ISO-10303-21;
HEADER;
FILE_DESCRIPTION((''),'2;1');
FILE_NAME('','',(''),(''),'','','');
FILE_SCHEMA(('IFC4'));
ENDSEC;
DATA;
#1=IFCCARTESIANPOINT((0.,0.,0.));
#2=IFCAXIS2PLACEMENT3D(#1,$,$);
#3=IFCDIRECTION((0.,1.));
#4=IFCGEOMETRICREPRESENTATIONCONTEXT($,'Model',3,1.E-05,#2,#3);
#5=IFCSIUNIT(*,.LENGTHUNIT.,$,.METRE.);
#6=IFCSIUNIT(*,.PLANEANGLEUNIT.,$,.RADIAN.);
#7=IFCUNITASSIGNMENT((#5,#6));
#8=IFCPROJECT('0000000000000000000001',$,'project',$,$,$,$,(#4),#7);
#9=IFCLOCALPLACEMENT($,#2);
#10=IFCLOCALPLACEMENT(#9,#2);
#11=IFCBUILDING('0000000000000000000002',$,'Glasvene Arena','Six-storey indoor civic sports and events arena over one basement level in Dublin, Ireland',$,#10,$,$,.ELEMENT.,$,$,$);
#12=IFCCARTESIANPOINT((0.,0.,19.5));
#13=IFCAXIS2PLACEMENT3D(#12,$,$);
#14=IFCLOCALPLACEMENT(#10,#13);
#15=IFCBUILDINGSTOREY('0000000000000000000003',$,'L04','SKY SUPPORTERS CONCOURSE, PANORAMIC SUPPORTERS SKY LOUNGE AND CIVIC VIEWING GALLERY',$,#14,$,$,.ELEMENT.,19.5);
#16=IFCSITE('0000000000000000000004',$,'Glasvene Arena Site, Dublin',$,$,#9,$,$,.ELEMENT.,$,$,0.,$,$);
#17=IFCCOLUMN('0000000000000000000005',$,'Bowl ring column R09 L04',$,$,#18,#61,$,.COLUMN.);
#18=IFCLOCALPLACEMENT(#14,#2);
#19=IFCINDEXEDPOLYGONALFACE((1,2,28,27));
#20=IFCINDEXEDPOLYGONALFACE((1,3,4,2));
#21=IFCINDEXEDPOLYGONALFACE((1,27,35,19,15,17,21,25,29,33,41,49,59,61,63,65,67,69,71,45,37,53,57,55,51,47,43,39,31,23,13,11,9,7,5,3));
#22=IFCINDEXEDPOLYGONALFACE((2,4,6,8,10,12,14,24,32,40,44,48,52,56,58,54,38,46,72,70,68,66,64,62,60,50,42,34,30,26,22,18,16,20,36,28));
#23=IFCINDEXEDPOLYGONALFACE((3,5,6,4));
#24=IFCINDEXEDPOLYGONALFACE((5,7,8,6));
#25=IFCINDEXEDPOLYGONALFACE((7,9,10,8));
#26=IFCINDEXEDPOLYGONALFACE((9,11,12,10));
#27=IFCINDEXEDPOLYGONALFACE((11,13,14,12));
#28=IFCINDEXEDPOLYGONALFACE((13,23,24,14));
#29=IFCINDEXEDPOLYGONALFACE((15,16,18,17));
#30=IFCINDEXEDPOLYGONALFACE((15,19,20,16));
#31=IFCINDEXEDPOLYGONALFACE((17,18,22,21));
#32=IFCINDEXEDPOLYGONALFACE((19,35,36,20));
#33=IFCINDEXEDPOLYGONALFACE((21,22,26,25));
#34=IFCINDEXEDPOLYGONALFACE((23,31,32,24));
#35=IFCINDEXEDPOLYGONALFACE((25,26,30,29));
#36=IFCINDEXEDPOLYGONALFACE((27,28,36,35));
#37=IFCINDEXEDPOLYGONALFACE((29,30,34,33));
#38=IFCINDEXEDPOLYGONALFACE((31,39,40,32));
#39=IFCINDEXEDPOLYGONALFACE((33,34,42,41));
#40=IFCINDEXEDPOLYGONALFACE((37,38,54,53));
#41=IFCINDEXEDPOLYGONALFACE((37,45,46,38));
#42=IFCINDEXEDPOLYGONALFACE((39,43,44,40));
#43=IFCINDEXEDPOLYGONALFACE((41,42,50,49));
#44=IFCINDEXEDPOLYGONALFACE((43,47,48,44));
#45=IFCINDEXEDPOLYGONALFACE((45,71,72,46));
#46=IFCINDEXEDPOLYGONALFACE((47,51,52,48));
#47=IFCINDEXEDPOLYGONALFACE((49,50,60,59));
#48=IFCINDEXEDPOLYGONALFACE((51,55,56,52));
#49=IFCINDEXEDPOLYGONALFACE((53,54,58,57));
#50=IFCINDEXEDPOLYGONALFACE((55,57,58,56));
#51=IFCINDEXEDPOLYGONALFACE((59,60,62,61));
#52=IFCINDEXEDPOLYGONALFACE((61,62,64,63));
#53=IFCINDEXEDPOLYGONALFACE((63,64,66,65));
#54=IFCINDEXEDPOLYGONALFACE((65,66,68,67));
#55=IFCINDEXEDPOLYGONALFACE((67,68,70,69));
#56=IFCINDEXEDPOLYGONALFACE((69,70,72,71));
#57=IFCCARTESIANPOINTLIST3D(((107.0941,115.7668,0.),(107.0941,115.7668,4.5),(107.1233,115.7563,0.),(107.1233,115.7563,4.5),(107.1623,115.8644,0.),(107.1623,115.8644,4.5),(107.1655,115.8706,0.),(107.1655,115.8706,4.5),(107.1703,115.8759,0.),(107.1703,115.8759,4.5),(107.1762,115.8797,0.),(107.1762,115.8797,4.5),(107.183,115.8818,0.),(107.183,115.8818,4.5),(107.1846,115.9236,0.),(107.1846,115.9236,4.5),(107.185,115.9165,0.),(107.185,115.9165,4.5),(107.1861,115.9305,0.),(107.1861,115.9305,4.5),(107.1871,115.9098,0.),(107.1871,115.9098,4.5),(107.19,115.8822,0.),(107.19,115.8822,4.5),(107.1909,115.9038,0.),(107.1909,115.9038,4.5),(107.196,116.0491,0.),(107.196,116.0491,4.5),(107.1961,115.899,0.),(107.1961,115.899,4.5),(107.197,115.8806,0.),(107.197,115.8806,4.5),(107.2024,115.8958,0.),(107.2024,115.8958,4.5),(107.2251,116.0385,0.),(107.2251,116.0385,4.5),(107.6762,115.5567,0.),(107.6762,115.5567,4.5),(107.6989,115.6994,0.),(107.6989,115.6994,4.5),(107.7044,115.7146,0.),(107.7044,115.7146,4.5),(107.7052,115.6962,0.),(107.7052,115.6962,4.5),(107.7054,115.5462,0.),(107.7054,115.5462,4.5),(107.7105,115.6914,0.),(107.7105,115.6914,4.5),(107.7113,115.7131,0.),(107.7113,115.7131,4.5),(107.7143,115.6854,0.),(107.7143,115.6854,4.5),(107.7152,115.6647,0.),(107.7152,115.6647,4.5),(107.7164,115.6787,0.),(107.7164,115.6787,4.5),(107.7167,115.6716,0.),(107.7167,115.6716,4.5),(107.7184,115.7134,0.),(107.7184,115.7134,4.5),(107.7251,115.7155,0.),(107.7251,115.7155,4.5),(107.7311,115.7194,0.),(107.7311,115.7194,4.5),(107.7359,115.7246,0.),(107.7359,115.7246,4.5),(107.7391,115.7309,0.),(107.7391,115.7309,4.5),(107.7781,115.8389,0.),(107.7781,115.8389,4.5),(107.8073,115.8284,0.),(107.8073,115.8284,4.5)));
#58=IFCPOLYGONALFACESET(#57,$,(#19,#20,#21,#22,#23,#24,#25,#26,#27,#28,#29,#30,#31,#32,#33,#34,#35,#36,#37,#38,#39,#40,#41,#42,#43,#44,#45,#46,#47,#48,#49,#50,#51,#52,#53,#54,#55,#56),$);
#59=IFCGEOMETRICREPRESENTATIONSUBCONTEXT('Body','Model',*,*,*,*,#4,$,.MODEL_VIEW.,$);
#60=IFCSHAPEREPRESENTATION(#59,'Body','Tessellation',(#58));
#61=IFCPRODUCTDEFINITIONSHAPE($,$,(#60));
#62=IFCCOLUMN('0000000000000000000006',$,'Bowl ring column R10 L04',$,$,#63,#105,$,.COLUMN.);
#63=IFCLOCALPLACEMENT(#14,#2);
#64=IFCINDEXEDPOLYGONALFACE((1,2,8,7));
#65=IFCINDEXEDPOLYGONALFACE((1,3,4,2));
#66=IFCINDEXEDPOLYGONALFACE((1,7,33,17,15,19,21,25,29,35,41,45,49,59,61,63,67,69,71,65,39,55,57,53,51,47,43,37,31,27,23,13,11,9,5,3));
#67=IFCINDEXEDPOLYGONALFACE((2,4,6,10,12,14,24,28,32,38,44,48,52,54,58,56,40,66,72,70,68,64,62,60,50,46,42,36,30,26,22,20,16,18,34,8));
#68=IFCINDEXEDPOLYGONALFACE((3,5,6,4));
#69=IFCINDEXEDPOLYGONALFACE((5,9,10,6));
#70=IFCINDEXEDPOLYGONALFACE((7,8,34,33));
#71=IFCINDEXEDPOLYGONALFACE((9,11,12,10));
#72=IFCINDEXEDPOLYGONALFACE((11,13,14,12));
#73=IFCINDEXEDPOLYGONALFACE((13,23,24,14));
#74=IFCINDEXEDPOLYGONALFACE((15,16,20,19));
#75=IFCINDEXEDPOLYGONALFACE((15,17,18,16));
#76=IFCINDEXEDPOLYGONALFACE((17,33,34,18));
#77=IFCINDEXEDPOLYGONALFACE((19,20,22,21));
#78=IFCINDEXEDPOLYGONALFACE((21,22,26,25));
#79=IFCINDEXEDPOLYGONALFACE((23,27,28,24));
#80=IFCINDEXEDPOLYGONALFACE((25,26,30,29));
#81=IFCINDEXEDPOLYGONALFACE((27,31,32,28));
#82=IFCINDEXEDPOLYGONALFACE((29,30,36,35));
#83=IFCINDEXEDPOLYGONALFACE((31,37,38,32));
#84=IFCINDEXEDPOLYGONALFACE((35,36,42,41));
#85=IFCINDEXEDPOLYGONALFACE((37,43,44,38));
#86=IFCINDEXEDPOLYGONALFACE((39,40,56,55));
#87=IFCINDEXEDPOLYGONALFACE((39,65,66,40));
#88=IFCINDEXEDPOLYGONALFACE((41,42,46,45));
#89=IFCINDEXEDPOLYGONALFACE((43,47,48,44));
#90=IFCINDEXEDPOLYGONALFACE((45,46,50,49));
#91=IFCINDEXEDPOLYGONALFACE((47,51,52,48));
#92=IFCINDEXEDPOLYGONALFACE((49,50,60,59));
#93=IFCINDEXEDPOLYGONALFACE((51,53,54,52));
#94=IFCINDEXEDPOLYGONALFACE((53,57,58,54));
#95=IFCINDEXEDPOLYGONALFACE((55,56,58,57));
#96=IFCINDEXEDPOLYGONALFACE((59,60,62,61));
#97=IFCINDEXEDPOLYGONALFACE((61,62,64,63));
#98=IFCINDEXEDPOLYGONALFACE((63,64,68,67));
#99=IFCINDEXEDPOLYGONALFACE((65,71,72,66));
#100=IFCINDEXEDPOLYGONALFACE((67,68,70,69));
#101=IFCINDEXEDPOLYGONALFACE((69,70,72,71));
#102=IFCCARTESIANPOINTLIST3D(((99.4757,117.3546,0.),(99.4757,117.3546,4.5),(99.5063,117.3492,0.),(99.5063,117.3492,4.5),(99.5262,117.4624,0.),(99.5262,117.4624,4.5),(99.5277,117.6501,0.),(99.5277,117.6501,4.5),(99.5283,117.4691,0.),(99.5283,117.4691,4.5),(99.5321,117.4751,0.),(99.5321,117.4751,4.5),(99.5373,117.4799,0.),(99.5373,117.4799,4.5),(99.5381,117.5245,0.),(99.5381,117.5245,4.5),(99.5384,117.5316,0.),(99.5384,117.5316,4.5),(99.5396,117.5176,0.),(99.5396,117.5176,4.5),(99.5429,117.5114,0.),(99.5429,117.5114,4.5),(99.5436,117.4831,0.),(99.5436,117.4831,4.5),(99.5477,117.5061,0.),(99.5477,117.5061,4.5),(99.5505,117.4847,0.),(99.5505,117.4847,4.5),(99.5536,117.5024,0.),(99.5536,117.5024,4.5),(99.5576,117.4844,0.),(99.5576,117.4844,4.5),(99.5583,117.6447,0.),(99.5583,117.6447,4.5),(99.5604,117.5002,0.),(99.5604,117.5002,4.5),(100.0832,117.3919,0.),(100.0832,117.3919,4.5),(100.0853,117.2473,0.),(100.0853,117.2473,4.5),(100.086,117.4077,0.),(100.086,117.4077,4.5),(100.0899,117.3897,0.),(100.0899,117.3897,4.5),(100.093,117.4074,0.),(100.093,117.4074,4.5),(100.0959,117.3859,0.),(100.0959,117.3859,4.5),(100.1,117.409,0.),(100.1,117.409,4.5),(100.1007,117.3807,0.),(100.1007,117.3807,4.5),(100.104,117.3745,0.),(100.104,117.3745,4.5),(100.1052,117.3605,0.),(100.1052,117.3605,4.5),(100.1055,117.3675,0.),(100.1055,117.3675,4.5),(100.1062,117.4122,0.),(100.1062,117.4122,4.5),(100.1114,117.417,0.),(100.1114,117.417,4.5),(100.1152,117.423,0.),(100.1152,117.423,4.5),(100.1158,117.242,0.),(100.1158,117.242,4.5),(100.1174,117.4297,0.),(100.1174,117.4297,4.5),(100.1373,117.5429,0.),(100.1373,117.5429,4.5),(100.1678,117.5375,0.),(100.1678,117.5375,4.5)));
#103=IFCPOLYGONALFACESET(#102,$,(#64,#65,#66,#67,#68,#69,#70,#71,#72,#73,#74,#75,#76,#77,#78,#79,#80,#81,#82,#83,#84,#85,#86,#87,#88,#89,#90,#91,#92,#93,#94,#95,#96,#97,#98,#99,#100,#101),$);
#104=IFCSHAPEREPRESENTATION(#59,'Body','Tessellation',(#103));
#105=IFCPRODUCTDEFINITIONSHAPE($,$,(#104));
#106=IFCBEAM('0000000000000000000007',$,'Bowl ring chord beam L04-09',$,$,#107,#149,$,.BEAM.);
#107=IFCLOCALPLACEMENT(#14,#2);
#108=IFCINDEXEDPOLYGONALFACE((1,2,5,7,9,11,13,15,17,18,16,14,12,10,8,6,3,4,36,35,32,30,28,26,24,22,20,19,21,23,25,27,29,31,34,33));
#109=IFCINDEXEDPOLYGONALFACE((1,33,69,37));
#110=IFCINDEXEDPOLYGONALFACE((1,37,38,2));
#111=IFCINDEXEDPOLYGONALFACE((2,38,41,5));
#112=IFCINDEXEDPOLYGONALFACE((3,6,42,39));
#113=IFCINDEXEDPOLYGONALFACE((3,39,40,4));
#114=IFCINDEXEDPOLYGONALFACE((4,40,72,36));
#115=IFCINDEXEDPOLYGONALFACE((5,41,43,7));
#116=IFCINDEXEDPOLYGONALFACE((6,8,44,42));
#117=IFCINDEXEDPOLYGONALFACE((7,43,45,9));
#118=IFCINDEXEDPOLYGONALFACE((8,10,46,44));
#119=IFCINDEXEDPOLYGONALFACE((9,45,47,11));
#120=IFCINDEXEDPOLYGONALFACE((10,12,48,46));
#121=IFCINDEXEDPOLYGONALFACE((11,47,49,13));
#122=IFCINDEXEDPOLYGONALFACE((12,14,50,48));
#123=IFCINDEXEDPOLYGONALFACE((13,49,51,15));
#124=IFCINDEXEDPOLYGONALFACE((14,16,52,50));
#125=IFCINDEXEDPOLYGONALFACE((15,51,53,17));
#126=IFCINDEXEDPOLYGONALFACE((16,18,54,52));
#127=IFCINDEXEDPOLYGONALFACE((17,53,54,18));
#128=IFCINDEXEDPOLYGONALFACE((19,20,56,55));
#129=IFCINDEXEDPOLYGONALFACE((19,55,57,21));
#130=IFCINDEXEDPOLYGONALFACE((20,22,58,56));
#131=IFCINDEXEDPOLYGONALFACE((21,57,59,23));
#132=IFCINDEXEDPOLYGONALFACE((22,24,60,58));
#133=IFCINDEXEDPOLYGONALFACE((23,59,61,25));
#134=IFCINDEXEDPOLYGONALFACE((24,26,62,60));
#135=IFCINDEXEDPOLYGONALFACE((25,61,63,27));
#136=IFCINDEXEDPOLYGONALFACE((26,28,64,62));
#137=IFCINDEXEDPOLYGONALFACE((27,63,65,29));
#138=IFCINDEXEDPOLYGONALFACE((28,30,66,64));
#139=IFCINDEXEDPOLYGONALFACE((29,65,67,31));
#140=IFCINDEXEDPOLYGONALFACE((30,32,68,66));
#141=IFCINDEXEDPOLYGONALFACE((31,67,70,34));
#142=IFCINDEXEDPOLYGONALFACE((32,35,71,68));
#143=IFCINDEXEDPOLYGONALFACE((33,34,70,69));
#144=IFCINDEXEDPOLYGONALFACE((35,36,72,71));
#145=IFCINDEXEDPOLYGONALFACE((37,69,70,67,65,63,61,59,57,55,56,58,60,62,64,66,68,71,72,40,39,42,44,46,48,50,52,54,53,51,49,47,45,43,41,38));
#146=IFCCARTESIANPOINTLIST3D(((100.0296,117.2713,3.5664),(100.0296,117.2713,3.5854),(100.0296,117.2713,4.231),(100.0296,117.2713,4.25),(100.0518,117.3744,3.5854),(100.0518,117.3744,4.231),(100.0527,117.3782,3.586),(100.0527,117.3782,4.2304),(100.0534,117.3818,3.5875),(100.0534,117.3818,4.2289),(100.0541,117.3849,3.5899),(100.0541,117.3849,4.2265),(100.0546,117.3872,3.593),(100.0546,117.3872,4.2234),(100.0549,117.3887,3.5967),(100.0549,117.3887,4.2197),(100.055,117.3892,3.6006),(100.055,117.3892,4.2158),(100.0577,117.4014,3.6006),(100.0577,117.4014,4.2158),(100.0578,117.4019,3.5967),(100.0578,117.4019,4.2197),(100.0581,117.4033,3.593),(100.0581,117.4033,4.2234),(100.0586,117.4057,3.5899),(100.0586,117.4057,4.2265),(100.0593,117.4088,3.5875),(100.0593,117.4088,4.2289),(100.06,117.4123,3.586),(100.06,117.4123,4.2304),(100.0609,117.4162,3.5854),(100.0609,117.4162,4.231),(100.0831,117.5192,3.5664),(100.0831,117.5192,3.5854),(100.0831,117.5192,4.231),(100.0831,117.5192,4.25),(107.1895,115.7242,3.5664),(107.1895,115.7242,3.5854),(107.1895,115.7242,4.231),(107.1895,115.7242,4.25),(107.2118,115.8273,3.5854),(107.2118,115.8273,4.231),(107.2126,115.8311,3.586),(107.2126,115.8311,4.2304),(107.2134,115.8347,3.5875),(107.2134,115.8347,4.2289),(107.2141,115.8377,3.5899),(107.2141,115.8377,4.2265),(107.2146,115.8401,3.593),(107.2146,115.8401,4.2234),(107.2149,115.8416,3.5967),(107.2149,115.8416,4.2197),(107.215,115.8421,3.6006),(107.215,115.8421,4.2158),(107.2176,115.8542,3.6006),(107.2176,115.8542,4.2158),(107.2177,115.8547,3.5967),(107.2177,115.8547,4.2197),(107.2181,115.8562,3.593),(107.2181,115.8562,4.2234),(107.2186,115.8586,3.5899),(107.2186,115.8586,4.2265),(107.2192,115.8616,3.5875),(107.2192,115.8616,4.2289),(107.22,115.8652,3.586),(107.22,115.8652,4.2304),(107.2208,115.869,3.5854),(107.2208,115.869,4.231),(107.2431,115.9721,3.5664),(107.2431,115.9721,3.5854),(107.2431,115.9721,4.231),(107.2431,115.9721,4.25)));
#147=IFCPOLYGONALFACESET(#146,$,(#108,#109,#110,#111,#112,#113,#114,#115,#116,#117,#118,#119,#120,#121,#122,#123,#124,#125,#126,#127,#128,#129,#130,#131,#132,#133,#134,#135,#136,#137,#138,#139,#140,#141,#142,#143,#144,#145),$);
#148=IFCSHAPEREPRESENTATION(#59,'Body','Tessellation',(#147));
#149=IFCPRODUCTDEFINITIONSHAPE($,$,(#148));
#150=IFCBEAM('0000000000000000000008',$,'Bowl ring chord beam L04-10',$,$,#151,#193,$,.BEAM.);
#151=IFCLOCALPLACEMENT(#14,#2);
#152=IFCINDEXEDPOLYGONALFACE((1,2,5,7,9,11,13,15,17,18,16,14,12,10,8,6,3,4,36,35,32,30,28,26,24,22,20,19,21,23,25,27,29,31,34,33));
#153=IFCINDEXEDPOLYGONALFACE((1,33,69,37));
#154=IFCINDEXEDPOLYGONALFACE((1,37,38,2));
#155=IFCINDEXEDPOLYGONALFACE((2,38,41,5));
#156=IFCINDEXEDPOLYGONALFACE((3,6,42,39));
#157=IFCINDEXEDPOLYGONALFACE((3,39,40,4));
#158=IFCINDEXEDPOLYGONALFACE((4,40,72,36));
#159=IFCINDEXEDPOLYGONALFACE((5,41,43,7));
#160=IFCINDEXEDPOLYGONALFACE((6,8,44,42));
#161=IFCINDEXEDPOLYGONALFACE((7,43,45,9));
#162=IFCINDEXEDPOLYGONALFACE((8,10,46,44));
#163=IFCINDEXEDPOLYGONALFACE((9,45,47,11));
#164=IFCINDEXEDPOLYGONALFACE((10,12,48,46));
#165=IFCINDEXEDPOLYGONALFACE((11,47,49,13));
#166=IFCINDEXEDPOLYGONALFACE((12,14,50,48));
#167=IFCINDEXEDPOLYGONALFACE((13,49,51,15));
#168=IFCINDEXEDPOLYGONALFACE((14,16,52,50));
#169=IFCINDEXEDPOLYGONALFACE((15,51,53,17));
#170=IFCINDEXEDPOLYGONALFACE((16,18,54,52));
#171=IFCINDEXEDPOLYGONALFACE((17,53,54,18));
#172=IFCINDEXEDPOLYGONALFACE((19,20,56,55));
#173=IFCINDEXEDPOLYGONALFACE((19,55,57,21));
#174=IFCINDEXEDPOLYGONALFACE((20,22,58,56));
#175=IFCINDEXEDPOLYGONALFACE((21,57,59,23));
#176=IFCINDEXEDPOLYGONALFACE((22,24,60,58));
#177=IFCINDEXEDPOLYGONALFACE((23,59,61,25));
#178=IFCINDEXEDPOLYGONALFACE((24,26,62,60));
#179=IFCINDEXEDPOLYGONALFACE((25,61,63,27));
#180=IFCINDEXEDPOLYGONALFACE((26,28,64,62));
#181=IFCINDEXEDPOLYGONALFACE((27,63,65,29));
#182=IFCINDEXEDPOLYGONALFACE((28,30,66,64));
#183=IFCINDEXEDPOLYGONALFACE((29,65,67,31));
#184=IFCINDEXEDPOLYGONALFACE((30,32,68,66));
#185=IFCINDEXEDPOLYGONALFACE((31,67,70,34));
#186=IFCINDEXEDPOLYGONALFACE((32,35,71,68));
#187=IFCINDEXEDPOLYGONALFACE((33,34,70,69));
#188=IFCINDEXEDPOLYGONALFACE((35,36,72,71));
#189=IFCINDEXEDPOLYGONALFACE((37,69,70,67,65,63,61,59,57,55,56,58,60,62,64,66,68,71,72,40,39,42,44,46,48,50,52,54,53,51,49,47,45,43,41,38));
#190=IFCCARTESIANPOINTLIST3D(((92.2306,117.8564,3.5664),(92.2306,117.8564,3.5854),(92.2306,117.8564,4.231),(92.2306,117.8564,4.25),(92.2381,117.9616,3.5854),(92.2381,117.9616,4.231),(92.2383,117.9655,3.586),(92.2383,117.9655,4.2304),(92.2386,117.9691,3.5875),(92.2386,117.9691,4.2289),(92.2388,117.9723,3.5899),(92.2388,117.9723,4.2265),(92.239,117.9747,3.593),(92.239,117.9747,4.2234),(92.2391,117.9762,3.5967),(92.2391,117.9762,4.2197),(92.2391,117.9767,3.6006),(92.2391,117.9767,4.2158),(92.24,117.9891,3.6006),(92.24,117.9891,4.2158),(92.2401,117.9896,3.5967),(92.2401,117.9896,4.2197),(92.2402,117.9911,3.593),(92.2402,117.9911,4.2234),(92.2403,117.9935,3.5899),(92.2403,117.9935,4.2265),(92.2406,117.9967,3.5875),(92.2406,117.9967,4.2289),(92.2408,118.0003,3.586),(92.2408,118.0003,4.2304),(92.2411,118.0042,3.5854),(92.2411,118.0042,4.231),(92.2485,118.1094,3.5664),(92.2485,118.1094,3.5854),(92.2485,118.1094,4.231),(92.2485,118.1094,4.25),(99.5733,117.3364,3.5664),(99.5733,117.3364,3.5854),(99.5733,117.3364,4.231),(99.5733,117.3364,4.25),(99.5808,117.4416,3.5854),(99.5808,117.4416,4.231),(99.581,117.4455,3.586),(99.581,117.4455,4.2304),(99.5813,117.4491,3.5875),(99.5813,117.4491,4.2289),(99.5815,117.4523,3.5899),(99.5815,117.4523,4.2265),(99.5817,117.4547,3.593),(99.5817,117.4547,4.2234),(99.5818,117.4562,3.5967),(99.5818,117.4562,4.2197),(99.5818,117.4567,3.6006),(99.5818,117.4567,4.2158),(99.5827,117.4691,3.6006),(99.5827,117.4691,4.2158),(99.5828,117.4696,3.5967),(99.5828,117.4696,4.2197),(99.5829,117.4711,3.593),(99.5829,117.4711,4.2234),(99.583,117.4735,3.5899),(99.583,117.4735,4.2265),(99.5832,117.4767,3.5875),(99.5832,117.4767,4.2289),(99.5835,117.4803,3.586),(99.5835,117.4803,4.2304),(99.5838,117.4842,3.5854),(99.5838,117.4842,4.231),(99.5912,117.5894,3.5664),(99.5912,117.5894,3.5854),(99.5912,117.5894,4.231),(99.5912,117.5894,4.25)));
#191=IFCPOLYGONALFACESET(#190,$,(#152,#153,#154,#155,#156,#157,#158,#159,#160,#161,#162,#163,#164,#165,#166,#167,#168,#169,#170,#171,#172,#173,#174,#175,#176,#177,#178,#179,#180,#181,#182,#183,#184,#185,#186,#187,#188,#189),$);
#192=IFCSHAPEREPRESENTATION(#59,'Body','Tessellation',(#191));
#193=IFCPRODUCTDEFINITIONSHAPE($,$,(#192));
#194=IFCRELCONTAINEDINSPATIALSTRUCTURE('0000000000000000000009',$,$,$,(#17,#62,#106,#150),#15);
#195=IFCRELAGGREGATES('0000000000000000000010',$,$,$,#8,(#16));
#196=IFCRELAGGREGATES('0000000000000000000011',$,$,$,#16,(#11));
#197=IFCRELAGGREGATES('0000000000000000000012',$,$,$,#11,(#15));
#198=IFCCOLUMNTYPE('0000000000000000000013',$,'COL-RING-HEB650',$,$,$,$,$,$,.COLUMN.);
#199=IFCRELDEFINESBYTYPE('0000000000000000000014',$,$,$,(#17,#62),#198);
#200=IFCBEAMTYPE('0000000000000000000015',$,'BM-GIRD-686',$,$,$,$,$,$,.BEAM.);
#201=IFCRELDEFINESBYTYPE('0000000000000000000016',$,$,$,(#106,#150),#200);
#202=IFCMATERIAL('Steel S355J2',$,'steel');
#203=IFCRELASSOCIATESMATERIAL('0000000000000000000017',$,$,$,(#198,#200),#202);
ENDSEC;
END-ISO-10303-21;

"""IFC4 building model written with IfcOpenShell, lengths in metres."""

from ifc_helpers import new_model, si_unit, direction, frame, origin, origin_2d, place, context, subcontext, project, spatial, i_section, extrude, material, material_profile, profile_set, type_object, element, save


model = new_model("IFC4")

# Units and contexts
model_context = context("Model", 3, precision=1e-05, world=origin(), true_north=direction((0.0, 1.0)))
body_context = subcontext(model_context, "Body", "Model", "MODEL_VIEW")
ifc_project = project(units=[si_unit("LENGTHUNIT", "METRE"), si_unit("PLANEANGLEUNIT", "RADIAN")], contexts=[model_context])

# Site, building, storey
site_placement = place(None, origin())
site = spatial("IfcSite", under=ifc_project, at=site_placement, Name="Glasvene Arena Site, Dublin", CompositionType="ELEMENT", RefElevation=0.0)
building_placement = place(site_placement, origin())
building = spatial("IfcBuilding", under=site, at=building_placement, Name="Glasvene Arena", Description="Six-storey indoor civic sports and events arena over one basement level in Dublin, Ireland", CompositionType="ELEMENT")
storey_placement = place(building_placement, frame((0.0, 0.0, 19.5)))
storey = spatial("IfcBuildingStorey", under=building, at=storey_placement, Name="L04", Description="SKY SUPPORTERS CONCOURSE, PANORAMIC SUPPORTERS SKY LOUNGE AND CIVIC VIEWING GALLERY", CompositionType="ELEMENT", Elevation=19.5)

# Columns
ifc_material_1 = material(Name="Steel S355J2", Category="steel")
ifc_material_profile_1 = material_profile(ifc_material_1, i_section(OverallWidth=0.3, OverallDepth=0.6499, WebThickness=0.0161, FlangeThickness=0.031, FilletRadius=0.0271, at=origin_2d()), Name="HEB 650")
ifc_profile_set_1 = profile_set([ifc_material_profile_1], Name="Steel S355J2")
column_type = type_object("IfcColumnType", Name="COL-RING-HEB650", PredefinedType="COLUMN", material=ifc_profile_set_1)
for number, where, z_axis, x_axis, name in (
    (1, (107.4507, 115.7976, 0.0), (0.0, 0.0, 1.0), (0.339559, 0.940585, 0.0), "Bowl ring column R09 L04"),
    (2, (99.8218, 117.446, 0.0), (0.0, 0.0, 1.0), (0.173304, 0.984868, 0.0), "Bowl ring column R10 L04"),
):
    element("IfcColumn", number, at=place(storey_placement, frame(where, z_axis=z_axis, x_axis=x_axis)), inside=storey, type_object=column_type, Name=name, PredefinedType="COLUMN", context=body_context, shape_type="SweptSolid", body=[
        extrude(i_section(OverallWidth=0.3, OverallDepth=0.6499, WebThickness=0.0161, FlangeThickness=0.031, FilletRadius=0.0271, at=origin_2d()), origin(), (0.0, 0.0, 1.0), 4.5),
    ])

# Beams
ifc_material_profile_2 = material_profile(ifc_material_1, i_section(OverallWidth=0.2537, OverallDepth=0.6836, WebThickness=0.0125, FlangeThickness=0.019, FilletRadius=0.0151, at=origin_2d()), Name="UKB 686x254x140")
ifc_profile_set_2 = profile_set([ifc_material_profile_2], Name="Steel S355J2")
beam_type = type_object("IfcBeamType", Name="BM-GIRD-686", PredefinedType="BEAM", material=ifc_profile_set_2)
beam_1_placement = place(storey_placement, frame((107.2163, 115.8481, 3.9082), z_axis=(-0.977442, 0.211206, 0.0), x_axis=(-0.211206, -0.977442, 0.0)))
element("IfcBeam", 3, at=beam_1_placement, inside=storey, type_object=beam_type, Name="Bowl ring chord beam L04-09", PredefinedType="BEAM", context=body_context, shape_type="SweptSolid", body=[
    extrude(i_section(OverallWidth=0.2537, OverallDepth=0.6836, WebThickness=0.0125, FlangeThickness=0.019, FilletRadius=0.0151, at=origin_2d()), origin(), (0.0, 0.0, 1.0), 7.3252),
])
beam_2_placement = place(storey_placement, frame((99.5823, 117.4629, 3.9082), z_axis=(-0.997502, 0.070644, 0.0), x_axis=(-0.070644, -0.997502, 0.0)))
element("IfcBeam", 4, at=beam_2_placement, inside=storey, type_object=beam_type, Name="Bowl ring chord beam L04-10", PredefinedType="BEAM", context=body_context, shape_type="SweptSolid", body=[
    extrude(i_section(OverallWidth=0.2537, OverallDepth=0.6836, WebThickness=0.0125, FlangeThickness=0.019, FilletRadius=0.0151, at=origin_2d()), origin(), (0.0, 0.0, 1.0), 7.3611),
])

save(model, "model.ifc")
